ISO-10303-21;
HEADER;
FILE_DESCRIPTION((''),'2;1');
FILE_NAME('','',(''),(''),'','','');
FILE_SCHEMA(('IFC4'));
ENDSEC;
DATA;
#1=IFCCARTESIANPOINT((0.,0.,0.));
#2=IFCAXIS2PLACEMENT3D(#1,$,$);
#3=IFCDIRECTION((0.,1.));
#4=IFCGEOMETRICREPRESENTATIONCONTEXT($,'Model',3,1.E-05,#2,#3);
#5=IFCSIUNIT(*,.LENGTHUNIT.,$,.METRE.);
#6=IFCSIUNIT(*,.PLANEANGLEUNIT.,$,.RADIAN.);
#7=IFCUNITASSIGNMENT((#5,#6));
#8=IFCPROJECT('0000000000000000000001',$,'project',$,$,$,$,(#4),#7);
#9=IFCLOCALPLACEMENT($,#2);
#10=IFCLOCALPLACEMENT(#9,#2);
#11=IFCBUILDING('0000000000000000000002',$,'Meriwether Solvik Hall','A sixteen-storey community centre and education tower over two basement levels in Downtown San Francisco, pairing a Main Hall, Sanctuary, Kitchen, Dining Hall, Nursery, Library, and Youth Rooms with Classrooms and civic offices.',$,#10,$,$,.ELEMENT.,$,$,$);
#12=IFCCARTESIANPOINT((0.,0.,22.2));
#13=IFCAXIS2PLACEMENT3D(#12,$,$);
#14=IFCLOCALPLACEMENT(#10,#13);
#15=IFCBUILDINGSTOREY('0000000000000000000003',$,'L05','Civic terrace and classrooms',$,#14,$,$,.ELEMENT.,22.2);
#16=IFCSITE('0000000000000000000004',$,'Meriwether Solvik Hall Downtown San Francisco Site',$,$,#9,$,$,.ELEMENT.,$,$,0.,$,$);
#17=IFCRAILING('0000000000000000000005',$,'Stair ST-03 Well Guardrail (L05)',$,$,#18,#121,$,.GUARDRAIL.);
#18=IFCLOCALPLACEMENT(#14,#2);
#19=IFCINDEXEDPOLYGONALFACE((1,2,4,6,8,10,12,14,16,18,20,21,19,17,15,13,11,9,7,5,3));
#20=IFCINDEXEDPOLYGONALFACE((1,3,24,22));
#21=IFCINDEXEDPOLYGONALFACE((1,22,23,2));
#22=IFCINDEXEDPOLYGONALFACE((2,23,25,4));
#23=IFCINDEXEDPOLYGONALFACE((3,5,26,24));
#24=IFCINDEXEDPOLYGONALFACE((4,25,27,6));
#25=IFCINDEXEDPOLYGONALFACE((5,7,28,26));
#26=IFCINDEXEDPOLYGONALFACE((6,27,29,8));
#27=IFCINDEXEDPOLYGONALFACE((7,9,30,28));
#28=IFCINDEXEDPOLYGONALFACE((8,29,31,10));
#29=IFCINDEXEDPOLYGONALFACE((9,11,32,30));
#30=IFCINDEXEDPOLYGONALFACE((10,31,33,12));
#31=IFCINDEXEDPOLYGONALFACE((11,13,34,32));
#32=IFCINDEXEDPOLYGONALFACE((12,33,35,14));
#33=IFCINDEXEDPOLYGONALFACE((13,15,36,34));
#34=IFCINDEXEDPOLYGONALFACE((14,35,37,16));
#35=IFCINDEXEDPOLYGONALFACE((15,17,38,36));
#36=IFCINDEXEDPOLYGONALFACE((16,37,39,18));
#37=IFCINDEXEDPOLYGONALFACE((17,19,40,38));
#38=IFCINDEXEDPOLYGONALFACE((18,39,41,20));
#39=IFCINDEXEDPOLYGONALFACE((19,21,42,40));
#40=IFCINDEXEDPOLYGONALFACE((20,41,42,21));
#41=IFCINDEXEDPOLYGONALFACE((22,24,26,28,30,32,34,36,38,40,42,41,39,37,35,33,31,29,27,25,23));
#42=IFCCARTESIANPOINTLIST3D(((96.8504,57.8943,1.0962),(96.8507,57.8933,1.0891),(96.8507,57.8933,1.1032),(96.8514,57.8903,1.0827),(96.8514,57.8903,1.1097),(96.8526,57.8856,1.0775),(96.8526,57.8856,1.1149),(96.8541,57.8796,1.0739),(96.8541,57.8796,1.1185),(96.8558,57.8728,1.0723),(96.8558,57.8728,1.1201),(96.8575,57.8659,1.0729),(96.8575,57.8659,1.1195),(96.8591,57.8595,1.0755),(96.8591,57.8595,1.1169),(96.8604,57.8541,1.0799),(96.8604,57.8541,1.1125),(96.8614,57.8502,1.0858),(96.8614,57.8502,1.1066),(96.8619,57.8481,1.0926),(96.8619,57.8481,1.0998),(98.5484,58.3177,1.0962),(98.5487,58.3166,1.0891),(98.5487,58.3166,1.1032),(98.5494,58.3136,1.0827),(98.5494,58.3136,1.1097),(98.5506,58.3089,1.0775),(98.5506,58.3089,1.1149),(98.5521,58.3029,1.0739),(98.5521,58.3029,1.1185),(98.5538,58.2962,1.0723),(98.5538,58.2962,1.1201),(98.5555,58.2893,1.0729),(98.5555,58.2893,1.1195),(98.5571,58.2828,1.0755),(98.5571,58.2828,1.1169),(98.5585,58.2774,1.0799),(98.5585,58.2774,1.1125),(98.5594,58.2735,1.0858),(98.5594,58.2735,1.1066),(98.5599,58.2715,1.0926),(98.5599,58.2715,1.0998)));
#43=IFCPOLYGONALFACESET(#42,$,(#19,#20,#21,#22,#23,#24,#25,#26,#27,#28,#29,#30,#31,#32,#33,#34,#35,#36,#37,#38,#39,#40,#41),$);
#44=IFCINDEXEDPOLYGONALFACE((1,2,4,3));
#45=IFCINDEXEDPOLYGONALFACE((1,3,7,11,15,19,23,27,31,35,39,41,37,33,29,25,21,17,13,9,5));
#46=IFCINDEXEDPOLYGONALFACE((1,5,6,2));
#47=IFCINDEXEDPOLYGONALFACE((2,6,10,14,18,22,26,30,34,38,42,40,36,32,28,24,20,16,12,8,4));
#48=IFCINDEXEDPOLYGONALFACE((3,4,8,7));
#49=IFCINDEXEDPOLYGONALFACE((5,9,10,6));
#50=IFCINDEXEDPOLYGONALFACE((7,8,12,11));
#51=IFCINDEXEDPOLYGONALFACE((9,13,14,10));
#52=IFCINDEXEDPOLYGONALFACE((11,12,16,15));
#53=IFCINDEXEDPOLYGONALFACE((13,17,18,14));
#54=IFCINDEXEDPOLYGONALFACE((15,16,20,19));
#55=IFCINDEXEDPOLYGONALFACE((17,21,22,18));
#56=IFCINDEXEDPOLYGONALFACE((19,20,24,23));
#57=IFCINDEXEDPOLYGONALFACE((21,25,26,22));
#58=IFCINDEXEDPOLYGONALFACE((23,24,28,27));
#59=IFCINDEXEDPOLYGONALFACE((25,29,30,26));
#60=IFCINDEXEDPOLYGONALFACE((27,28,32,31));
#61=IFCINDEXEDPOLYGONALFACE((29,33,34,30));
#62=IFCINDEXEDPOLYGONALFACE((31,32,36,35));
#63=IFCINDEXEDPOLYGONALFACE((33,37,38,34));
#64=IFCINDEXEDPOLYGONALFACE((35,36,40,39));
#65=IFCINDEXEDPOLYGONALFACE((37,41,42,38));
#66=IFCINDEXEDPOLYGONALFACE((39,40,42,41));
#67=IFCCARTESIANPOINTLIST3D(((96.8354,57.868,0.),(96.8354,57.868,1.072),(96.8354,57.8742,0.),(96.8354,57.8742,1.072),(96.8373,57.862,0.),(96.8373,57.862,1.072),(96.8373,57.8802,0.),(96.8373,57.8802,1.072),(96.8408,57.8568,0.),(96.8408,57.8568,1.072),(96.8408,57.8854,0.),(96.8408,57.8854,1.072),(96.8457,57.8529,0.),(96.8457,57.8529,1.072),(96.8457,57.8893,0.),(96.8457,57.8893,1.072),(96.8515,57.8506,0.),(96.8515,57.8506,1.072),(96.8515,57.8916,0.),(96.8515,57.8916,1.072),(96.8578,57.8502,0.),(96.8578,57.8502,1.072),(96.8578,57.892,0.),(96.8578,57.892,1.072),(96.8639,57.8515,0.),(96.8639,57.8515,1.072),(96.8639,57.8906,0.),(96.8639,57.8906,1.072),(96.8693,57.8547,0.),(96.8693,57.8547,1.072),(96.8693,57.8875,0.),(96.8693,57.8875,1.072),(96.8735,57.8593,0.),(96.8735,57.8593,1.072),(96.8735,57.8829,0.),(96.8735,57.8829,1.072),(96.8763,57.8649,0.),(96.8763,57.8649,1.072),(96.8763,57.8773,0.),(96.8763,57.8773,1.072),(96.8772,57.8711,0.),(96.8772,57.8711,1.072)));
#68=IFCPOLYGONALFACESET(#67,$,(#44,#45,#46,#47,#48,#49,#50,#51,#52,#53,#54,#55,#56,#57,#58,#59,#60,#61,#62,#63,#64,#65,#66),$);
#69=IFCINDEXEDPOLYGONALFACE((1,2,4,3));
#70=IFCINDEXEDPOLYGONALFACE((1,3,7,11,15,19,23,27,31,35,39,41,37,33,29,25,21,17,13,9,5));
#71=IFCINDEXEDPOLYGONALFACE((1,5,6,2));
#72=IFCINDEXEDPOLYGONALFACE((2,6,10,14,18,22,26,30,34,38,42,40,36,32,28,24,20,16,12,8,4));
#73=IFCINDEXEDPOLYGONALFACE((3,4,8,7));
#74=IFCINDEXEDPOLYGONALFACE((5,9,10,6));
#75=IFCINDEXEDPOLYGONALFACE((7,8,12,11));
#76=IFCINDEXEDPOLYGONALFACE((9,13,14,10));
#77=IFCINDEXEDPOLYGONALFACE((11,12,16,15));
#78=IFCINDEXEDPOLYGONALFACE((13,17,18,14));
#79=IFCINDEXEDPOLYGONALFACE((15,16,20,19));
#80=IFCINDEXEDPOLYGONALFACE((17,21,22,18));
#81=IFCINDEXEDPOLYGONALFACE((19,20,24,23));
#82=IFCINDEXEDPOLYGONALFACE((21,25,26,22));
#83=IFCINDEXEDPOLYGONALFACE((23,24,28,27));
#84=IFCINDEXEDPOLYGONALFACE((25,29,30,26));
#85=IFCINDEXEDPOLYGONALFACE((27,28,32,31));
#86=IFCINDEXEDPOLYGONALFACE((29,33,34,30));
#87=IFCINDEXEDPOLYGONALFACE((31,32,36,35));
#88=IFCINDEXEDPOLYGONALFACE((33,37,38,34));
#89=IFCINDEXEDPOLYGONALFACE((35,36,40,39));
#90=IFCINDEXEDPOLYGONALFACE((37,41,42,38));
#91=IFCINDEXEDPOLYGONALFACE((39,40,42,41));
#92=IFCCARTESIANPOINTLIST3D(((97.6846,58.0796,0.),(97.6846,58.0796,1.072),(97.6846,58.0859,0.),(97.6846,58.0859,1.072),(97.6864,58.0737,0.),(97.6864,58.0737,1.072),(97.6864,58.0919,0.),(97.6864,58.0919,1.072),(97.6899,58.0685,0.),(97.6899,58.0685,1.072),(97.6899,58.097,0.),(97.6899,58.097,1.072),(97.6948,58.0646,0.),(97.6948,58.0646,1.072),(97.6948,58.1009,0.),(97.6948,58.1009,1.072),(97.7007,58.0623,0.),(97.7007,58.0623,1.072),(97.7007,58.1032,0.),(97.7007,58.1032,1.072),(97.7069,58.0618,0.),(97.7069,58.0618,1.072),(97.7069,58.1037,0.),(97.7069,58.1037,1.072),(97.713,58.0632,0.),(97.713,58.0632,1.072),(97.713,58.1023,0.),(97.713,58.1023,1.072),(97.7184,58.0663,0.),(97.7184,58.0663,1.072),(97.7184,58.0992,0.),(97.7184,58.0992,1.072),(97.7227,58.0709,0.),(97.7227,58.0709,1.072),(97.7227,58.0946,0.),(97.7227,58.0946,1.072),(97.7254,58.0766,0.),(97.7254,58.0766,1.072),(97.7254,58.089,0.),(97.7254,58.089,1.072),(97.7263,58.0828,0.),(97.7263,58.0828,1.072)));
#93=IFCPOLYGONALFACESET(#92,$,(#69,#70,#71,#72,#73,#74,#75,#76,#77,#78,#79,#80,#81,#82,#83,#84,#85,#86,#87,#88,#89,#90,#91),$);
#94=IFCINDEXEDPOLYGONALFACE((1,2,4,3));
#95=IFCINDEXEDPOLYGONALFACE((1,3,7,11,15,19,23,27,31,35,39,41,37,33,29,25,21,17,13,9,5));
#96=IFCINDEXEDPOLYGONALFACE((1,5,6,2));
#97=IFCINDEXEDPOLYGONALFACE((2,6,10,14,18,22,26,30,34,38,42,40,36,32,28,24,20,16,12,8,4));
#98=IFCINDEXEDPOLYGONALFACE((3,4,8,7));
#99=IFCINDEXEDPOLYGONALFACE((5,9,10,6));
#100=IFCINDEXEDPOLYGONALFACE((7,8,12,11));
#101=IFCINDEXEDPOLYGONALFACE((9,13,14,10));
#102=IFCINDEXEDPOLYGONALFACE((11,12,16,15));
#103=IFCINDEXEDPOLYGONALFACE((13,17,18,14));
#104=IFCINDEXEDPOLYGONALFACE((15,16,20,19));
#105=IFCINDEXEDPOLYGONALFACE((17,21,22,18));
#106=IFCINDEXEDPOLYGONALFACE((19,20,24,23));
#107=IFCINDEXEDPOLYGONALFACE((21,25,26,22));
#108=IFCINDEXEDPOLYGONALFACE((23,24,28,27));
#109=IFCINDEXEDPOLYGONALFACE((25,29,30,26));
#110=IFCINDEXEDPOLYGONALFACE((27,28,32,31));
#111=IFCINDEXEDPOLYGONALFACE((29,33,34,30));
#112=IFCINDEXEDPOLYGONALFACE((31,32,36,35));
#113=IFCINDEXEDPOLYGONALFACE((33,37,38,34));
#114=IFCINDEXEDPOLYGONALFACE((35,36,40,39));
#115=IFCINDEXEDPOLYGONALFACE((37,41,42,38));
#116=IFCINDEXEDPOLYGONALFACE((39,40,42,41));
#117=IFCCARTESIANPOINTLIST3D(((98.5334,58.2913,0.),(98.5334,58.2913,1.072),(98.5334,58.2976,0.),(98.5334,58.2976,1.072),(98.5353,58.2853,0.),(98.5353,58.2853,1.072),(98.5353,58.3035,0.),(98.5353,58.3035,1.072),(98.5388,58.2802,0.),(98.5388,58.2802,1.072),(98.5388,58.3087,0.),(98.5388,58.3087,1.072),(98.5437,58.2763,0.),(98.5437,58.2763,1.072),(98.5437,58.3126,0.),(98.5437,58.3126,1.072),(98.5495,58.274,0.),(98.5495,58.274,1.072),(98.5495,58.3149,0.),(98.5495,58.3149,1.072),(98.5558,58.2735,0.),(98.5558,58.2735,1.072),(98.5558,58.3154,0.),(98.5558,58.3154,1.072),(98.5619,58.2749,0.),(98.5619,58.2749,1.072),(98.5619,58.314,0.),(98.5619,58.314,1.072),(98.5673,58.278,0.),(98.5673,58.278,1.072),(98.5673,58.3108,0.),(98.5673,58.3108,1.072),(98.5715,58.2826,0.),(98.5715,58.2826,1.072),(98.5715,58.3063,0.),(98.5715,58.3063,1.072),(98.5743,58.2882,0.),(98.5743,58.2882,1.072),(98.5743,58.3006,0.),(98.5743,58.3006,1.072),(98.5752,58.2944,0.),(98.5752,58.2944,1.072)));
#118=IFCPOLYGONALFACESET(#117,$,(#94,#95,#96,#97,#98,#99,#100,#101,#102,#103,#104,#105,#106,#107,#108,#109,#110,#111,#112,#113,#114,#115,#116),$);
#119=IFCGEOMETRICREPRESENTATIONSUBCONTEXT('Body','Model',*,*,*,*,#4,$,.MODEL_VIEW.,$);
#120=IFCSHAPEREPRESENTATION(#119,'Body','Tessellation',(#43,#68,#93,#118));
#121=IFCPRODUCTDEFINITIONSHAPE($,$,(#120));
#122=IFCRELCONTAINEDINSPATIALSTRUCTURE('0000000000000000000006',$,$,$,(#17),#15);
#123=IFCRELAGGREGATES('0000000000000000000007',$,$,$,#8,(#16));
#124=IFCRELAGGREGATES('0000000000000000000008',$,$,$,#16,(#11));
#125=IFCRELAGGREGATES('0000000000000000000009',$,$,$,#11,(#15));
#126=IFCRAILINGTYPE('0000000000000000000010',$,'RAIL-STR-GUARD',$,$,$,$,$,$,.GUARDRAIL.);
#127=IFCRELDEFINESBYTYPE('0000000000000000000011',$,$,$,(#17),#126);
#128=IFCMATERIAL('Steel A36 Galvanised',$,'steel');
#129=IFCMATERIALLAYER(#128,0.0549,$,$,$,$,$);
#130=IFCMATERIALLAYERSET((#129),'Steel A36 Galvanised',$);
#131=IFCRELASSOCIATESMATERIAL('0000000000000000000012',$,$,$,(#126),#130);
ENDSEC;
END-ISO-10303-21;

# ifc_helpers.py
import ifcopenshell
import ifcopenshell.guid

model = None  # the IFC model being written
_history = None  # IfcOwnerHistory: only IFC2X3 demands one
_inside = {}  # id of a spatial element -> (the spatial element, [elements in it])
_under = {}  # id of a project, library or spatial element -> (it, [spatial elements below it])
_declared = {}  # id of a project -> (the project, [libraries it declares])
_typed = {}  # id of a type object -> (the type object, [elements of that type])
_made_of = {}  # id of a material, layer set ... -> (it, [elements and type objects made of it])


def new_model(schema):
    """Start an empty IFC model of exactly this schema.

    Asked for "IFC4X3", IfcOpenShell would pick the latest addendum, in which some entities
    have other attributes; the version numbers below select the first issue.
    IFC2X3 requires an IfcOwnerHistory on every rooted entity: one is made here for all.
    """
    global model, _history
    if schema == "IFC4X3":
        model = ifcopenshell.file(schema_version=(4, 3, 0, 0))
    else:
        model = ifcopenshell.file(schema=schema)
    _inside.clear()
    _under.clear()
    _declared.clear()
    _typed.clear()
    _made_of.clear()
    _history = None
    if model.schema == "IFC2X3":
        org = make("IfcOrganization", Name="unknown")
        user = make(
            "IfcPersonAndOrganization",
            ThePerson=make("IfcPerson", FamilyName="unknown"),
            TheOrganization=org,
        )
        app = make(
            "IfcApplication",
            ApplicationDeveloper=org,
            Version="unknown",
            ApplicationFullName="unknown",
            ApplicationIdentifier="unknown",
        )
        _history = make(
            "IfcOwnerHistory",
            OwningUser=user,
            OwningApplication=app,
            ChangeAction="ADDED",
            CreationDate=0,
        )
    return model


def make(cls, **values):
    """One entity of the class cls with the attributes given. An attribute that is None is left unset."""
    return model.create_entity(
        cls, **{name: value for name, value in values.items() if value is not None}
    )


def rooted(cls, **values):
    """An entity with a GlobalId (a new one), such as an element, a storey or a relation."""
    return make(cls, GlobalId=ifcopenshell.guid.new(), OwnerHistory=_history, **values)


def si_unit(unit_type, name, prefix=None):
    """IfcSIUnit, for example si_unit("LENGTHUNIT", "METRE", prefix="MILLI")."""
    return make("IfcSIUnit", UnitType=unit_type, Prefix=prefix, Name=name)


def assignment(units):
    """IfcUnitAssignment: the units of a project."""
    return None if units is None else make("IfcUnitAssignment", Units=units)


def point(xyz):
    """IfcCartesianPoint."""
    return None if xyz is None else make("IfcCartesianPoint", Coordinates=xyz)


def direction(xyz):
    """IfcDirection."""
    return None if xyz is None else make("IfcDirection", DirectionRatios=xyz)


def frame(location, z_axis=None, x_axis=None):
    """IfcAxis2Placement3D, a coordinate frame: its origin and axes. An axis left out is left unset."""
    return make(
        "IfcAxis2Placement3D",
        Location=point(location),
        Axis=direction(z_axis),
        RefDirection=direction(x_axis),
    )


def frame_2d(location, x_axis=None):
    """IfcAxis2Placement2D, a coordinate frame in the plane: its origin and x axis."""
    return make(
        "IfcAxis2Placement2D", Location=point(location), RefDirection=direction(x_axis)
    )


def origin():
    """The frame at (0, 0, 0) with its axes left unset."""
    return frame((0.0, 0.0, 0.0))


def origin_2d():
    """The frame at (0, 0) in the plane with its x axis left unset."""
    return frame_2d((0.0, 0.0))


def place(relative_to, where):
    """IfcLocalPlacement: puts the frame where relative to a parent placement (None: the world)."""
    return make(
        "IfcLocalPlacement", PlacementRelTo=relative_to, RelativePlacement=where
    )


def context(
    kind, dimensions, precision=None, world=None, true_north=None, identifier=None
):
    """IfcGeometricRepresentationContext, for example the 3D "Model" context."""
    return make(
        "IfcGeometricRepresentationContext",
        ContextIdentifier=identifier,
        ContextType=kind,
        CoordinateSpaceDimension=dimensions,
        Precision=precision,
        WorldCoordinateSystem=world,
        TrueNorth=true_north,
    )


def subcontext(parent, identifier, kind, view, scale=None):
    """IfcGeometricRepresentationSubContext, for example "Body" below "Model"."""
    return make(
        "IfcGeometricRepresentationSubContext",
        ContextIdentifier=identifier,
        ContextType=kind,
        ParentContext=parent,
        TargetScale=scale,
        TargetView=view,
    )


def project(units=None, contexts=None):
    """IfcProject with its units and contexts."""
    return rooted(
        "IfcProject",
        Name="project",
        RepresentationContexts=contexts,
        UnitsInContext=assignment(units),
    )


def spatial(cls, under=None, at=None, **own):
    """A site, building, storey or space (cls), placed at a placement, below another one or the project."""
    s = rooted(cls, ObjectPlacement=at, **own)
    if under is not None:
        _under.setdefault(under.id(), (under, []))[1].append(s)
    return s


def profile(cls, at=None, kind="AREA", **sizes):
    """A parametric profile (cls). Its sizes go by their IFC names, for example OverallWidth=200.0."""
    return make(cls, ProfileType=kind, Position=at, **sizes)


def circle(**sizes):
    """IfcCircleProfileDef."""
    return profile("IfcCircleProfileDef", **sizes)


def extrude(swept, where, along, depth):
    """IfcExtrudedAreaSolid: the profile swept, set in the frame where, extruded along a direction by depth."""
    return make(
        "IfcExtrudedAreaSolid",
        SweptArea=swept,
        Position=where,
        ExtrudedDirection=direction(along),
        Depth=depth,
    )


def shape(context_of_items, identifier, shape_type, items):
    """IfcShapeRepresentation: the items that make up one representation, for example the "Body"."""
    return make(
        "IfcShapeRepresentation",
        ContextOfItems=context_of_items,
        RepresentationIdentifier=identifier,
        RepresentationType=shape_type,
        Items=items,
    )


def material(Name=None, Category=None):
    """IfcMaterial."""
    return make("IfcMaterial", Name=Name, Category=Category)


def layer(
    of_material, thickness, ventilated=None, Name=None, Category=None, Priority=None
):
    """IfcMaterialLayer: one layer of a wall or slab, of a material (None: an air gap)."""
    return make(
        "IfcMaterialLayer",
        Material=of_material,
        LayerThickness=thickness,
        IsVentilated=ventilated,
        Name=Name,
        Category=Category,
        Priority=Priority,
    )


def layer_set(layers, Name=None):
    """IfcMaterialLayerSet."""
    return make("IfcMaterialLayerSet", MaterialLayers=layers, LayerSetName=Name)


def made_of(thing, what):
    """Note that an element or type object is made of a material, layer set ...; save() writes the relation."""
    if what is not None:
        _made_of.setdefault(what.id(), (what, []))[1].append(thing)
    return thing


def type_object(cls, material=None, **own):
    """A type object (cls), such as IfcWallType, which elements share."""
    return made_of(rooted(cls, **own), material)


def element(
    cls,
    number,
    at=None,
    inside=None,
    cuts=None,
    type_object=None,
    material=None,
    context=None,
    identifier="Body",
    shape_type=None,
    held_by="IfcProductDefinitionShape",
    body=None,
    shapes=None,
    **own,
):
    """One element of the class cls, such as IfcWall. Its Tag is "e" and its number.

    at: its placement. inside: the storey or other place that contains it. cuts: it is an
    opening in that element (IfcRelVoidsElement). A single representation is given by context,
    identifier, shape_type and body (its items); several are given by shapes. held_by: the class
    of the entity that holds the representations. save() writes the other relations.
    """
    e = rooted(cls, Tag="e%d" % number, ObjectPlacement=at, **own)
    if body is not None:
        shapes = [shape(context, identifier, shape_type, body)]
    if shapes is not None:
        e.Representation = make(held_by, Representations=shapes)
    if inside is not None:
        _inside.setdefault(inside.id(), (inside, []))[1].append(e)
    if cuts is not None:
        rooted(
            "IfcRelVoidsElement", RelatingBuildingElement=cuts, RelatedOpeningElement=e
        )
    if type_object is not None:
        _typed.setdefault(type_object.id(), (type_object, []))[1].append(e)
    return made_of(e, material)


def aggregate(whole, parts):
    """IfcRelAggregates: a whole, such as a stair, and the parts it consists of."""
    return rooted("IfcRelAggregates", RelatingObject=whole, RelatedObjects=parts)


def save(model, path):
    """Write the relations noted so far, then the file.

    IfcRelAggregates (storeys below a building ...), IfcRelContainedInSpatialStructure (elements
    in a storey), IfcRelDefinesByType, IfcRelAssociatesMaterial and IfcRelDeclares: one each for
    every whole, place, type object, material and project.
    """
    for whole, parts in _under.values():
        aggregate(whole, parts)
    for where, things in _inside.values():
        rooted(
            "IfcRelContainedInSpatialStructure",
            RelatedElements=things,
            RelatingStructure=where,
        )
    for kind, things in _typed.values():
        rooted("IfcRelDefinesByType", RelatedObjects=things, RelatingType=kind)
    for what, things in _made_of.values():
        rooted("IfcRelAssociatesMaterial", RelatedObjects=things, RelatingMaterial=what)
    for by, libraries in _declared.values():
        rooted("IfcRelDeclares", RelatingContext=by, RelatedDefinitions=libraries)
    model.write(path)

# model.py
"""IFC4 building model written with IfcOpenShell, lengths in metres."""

from ifc_helpers import new_model, si_unit, direction, frame, origin, origin_2d, place, context, subcontext, project, spatial, circle, extrude, material, layer, layer_set, type_object, element, save


model = new_model("IFC4")

# Units and contexts
model_context = context("Model", 3, precision=1e-05, world=origin(), true_north=direction((0.0, 1.0)))
body_context = subcontext(model_context, "Body", "Model", "MODEL_VIEW")
ifc_project = project(units=[si_unit("LENGTHUNIT", "METRE"), si_unit("PLANEANGLEUNIT", "RADIAN")], contexts=[model_context])

# Site, building, storey
site_placement = place(None, origin())
site = spatial("IfcSite", under=ifc_project, at=site_placement, Name="Meriwether Solvik Hall Downtown San Francisco Site", CompositionType="ELEMENT", RefElevation=0.0)
building_placement = place(site_placement, origin())
building = spatial("IfcBuilding", under=site, at=building_placement, Name="Meriwether Solvik Hall", Description="A sixteen-storey community centre and education tower over two basement levels in Downtown San Francisco, pairing a Main Hall, Sanctuary, Kitchen, Dining Hall, Nursery, Library, and Youth Rooms with Classrooms and civic offices.", CompositionType="ELEMENT")
storey_placement = place(building_placement, frame((0.0, 0.0, 22.2)))
storey = spatial("IfcBuildingStorey", under=building, at=storey_placement, Name="L05", Description="Civic terrace and classrooms", CompositionType="ELEMENT", Elevation=22.2)

# Railing
ifc_material_1 = material(Name="Steel A36 Galvanised", Category="steel")
ifc_layer_1 = layer(ifc_material_1, 0.0549)
ifc_layer_set_1 = layer_set([ifc_layer_1], Name="Steel A36 Galvanised")
railing_type_1 = type_object("IfcRailingType", Name="RAIL-STR-GUARD", PredefinedType="GUARDRAIL", material=ifc_layer_set_1)
railing_1_placement = place(storey_placement, frame((96.8562, 57.8711, 0.0)))
element("IfcRailing", 1, at=railing_1_placement, inside=storey, type_object=railing_type_1, Name="Stair ST-03 Well Guardrail (L05)", PredefinedType="GUARDRAIL", context=body_context, shape_type="SweptSolid", body=[
    extrude(circle(Radius=0.0239, at=origin_2d()), frame((0.0, 0.0, 1.0962), z_axis=(0.970298, 0.241912, 0.0), x_axis=(-0.241912, 0.970298, 0.0)), (0.0, 0.0, 1.0), 1.75),
    extrude(circle(Radius=0.021, at=origin_2d()), origin(), (0.0, 0.0, 1.0), 1.072),
    extrude(circle(Radius=0.021, at=origin_2d()), frame((0.8491, 0.2117, 0.0)), (0.0, 0.0, 1.0), 1.072),
    extrude(circle(Radius=0.021, at=origin_2d()), frame((1.698, 0.4233, 0.0)), (0.0, 0.0, 1.0), 1.072),
])

save(model, "model.ifc")
